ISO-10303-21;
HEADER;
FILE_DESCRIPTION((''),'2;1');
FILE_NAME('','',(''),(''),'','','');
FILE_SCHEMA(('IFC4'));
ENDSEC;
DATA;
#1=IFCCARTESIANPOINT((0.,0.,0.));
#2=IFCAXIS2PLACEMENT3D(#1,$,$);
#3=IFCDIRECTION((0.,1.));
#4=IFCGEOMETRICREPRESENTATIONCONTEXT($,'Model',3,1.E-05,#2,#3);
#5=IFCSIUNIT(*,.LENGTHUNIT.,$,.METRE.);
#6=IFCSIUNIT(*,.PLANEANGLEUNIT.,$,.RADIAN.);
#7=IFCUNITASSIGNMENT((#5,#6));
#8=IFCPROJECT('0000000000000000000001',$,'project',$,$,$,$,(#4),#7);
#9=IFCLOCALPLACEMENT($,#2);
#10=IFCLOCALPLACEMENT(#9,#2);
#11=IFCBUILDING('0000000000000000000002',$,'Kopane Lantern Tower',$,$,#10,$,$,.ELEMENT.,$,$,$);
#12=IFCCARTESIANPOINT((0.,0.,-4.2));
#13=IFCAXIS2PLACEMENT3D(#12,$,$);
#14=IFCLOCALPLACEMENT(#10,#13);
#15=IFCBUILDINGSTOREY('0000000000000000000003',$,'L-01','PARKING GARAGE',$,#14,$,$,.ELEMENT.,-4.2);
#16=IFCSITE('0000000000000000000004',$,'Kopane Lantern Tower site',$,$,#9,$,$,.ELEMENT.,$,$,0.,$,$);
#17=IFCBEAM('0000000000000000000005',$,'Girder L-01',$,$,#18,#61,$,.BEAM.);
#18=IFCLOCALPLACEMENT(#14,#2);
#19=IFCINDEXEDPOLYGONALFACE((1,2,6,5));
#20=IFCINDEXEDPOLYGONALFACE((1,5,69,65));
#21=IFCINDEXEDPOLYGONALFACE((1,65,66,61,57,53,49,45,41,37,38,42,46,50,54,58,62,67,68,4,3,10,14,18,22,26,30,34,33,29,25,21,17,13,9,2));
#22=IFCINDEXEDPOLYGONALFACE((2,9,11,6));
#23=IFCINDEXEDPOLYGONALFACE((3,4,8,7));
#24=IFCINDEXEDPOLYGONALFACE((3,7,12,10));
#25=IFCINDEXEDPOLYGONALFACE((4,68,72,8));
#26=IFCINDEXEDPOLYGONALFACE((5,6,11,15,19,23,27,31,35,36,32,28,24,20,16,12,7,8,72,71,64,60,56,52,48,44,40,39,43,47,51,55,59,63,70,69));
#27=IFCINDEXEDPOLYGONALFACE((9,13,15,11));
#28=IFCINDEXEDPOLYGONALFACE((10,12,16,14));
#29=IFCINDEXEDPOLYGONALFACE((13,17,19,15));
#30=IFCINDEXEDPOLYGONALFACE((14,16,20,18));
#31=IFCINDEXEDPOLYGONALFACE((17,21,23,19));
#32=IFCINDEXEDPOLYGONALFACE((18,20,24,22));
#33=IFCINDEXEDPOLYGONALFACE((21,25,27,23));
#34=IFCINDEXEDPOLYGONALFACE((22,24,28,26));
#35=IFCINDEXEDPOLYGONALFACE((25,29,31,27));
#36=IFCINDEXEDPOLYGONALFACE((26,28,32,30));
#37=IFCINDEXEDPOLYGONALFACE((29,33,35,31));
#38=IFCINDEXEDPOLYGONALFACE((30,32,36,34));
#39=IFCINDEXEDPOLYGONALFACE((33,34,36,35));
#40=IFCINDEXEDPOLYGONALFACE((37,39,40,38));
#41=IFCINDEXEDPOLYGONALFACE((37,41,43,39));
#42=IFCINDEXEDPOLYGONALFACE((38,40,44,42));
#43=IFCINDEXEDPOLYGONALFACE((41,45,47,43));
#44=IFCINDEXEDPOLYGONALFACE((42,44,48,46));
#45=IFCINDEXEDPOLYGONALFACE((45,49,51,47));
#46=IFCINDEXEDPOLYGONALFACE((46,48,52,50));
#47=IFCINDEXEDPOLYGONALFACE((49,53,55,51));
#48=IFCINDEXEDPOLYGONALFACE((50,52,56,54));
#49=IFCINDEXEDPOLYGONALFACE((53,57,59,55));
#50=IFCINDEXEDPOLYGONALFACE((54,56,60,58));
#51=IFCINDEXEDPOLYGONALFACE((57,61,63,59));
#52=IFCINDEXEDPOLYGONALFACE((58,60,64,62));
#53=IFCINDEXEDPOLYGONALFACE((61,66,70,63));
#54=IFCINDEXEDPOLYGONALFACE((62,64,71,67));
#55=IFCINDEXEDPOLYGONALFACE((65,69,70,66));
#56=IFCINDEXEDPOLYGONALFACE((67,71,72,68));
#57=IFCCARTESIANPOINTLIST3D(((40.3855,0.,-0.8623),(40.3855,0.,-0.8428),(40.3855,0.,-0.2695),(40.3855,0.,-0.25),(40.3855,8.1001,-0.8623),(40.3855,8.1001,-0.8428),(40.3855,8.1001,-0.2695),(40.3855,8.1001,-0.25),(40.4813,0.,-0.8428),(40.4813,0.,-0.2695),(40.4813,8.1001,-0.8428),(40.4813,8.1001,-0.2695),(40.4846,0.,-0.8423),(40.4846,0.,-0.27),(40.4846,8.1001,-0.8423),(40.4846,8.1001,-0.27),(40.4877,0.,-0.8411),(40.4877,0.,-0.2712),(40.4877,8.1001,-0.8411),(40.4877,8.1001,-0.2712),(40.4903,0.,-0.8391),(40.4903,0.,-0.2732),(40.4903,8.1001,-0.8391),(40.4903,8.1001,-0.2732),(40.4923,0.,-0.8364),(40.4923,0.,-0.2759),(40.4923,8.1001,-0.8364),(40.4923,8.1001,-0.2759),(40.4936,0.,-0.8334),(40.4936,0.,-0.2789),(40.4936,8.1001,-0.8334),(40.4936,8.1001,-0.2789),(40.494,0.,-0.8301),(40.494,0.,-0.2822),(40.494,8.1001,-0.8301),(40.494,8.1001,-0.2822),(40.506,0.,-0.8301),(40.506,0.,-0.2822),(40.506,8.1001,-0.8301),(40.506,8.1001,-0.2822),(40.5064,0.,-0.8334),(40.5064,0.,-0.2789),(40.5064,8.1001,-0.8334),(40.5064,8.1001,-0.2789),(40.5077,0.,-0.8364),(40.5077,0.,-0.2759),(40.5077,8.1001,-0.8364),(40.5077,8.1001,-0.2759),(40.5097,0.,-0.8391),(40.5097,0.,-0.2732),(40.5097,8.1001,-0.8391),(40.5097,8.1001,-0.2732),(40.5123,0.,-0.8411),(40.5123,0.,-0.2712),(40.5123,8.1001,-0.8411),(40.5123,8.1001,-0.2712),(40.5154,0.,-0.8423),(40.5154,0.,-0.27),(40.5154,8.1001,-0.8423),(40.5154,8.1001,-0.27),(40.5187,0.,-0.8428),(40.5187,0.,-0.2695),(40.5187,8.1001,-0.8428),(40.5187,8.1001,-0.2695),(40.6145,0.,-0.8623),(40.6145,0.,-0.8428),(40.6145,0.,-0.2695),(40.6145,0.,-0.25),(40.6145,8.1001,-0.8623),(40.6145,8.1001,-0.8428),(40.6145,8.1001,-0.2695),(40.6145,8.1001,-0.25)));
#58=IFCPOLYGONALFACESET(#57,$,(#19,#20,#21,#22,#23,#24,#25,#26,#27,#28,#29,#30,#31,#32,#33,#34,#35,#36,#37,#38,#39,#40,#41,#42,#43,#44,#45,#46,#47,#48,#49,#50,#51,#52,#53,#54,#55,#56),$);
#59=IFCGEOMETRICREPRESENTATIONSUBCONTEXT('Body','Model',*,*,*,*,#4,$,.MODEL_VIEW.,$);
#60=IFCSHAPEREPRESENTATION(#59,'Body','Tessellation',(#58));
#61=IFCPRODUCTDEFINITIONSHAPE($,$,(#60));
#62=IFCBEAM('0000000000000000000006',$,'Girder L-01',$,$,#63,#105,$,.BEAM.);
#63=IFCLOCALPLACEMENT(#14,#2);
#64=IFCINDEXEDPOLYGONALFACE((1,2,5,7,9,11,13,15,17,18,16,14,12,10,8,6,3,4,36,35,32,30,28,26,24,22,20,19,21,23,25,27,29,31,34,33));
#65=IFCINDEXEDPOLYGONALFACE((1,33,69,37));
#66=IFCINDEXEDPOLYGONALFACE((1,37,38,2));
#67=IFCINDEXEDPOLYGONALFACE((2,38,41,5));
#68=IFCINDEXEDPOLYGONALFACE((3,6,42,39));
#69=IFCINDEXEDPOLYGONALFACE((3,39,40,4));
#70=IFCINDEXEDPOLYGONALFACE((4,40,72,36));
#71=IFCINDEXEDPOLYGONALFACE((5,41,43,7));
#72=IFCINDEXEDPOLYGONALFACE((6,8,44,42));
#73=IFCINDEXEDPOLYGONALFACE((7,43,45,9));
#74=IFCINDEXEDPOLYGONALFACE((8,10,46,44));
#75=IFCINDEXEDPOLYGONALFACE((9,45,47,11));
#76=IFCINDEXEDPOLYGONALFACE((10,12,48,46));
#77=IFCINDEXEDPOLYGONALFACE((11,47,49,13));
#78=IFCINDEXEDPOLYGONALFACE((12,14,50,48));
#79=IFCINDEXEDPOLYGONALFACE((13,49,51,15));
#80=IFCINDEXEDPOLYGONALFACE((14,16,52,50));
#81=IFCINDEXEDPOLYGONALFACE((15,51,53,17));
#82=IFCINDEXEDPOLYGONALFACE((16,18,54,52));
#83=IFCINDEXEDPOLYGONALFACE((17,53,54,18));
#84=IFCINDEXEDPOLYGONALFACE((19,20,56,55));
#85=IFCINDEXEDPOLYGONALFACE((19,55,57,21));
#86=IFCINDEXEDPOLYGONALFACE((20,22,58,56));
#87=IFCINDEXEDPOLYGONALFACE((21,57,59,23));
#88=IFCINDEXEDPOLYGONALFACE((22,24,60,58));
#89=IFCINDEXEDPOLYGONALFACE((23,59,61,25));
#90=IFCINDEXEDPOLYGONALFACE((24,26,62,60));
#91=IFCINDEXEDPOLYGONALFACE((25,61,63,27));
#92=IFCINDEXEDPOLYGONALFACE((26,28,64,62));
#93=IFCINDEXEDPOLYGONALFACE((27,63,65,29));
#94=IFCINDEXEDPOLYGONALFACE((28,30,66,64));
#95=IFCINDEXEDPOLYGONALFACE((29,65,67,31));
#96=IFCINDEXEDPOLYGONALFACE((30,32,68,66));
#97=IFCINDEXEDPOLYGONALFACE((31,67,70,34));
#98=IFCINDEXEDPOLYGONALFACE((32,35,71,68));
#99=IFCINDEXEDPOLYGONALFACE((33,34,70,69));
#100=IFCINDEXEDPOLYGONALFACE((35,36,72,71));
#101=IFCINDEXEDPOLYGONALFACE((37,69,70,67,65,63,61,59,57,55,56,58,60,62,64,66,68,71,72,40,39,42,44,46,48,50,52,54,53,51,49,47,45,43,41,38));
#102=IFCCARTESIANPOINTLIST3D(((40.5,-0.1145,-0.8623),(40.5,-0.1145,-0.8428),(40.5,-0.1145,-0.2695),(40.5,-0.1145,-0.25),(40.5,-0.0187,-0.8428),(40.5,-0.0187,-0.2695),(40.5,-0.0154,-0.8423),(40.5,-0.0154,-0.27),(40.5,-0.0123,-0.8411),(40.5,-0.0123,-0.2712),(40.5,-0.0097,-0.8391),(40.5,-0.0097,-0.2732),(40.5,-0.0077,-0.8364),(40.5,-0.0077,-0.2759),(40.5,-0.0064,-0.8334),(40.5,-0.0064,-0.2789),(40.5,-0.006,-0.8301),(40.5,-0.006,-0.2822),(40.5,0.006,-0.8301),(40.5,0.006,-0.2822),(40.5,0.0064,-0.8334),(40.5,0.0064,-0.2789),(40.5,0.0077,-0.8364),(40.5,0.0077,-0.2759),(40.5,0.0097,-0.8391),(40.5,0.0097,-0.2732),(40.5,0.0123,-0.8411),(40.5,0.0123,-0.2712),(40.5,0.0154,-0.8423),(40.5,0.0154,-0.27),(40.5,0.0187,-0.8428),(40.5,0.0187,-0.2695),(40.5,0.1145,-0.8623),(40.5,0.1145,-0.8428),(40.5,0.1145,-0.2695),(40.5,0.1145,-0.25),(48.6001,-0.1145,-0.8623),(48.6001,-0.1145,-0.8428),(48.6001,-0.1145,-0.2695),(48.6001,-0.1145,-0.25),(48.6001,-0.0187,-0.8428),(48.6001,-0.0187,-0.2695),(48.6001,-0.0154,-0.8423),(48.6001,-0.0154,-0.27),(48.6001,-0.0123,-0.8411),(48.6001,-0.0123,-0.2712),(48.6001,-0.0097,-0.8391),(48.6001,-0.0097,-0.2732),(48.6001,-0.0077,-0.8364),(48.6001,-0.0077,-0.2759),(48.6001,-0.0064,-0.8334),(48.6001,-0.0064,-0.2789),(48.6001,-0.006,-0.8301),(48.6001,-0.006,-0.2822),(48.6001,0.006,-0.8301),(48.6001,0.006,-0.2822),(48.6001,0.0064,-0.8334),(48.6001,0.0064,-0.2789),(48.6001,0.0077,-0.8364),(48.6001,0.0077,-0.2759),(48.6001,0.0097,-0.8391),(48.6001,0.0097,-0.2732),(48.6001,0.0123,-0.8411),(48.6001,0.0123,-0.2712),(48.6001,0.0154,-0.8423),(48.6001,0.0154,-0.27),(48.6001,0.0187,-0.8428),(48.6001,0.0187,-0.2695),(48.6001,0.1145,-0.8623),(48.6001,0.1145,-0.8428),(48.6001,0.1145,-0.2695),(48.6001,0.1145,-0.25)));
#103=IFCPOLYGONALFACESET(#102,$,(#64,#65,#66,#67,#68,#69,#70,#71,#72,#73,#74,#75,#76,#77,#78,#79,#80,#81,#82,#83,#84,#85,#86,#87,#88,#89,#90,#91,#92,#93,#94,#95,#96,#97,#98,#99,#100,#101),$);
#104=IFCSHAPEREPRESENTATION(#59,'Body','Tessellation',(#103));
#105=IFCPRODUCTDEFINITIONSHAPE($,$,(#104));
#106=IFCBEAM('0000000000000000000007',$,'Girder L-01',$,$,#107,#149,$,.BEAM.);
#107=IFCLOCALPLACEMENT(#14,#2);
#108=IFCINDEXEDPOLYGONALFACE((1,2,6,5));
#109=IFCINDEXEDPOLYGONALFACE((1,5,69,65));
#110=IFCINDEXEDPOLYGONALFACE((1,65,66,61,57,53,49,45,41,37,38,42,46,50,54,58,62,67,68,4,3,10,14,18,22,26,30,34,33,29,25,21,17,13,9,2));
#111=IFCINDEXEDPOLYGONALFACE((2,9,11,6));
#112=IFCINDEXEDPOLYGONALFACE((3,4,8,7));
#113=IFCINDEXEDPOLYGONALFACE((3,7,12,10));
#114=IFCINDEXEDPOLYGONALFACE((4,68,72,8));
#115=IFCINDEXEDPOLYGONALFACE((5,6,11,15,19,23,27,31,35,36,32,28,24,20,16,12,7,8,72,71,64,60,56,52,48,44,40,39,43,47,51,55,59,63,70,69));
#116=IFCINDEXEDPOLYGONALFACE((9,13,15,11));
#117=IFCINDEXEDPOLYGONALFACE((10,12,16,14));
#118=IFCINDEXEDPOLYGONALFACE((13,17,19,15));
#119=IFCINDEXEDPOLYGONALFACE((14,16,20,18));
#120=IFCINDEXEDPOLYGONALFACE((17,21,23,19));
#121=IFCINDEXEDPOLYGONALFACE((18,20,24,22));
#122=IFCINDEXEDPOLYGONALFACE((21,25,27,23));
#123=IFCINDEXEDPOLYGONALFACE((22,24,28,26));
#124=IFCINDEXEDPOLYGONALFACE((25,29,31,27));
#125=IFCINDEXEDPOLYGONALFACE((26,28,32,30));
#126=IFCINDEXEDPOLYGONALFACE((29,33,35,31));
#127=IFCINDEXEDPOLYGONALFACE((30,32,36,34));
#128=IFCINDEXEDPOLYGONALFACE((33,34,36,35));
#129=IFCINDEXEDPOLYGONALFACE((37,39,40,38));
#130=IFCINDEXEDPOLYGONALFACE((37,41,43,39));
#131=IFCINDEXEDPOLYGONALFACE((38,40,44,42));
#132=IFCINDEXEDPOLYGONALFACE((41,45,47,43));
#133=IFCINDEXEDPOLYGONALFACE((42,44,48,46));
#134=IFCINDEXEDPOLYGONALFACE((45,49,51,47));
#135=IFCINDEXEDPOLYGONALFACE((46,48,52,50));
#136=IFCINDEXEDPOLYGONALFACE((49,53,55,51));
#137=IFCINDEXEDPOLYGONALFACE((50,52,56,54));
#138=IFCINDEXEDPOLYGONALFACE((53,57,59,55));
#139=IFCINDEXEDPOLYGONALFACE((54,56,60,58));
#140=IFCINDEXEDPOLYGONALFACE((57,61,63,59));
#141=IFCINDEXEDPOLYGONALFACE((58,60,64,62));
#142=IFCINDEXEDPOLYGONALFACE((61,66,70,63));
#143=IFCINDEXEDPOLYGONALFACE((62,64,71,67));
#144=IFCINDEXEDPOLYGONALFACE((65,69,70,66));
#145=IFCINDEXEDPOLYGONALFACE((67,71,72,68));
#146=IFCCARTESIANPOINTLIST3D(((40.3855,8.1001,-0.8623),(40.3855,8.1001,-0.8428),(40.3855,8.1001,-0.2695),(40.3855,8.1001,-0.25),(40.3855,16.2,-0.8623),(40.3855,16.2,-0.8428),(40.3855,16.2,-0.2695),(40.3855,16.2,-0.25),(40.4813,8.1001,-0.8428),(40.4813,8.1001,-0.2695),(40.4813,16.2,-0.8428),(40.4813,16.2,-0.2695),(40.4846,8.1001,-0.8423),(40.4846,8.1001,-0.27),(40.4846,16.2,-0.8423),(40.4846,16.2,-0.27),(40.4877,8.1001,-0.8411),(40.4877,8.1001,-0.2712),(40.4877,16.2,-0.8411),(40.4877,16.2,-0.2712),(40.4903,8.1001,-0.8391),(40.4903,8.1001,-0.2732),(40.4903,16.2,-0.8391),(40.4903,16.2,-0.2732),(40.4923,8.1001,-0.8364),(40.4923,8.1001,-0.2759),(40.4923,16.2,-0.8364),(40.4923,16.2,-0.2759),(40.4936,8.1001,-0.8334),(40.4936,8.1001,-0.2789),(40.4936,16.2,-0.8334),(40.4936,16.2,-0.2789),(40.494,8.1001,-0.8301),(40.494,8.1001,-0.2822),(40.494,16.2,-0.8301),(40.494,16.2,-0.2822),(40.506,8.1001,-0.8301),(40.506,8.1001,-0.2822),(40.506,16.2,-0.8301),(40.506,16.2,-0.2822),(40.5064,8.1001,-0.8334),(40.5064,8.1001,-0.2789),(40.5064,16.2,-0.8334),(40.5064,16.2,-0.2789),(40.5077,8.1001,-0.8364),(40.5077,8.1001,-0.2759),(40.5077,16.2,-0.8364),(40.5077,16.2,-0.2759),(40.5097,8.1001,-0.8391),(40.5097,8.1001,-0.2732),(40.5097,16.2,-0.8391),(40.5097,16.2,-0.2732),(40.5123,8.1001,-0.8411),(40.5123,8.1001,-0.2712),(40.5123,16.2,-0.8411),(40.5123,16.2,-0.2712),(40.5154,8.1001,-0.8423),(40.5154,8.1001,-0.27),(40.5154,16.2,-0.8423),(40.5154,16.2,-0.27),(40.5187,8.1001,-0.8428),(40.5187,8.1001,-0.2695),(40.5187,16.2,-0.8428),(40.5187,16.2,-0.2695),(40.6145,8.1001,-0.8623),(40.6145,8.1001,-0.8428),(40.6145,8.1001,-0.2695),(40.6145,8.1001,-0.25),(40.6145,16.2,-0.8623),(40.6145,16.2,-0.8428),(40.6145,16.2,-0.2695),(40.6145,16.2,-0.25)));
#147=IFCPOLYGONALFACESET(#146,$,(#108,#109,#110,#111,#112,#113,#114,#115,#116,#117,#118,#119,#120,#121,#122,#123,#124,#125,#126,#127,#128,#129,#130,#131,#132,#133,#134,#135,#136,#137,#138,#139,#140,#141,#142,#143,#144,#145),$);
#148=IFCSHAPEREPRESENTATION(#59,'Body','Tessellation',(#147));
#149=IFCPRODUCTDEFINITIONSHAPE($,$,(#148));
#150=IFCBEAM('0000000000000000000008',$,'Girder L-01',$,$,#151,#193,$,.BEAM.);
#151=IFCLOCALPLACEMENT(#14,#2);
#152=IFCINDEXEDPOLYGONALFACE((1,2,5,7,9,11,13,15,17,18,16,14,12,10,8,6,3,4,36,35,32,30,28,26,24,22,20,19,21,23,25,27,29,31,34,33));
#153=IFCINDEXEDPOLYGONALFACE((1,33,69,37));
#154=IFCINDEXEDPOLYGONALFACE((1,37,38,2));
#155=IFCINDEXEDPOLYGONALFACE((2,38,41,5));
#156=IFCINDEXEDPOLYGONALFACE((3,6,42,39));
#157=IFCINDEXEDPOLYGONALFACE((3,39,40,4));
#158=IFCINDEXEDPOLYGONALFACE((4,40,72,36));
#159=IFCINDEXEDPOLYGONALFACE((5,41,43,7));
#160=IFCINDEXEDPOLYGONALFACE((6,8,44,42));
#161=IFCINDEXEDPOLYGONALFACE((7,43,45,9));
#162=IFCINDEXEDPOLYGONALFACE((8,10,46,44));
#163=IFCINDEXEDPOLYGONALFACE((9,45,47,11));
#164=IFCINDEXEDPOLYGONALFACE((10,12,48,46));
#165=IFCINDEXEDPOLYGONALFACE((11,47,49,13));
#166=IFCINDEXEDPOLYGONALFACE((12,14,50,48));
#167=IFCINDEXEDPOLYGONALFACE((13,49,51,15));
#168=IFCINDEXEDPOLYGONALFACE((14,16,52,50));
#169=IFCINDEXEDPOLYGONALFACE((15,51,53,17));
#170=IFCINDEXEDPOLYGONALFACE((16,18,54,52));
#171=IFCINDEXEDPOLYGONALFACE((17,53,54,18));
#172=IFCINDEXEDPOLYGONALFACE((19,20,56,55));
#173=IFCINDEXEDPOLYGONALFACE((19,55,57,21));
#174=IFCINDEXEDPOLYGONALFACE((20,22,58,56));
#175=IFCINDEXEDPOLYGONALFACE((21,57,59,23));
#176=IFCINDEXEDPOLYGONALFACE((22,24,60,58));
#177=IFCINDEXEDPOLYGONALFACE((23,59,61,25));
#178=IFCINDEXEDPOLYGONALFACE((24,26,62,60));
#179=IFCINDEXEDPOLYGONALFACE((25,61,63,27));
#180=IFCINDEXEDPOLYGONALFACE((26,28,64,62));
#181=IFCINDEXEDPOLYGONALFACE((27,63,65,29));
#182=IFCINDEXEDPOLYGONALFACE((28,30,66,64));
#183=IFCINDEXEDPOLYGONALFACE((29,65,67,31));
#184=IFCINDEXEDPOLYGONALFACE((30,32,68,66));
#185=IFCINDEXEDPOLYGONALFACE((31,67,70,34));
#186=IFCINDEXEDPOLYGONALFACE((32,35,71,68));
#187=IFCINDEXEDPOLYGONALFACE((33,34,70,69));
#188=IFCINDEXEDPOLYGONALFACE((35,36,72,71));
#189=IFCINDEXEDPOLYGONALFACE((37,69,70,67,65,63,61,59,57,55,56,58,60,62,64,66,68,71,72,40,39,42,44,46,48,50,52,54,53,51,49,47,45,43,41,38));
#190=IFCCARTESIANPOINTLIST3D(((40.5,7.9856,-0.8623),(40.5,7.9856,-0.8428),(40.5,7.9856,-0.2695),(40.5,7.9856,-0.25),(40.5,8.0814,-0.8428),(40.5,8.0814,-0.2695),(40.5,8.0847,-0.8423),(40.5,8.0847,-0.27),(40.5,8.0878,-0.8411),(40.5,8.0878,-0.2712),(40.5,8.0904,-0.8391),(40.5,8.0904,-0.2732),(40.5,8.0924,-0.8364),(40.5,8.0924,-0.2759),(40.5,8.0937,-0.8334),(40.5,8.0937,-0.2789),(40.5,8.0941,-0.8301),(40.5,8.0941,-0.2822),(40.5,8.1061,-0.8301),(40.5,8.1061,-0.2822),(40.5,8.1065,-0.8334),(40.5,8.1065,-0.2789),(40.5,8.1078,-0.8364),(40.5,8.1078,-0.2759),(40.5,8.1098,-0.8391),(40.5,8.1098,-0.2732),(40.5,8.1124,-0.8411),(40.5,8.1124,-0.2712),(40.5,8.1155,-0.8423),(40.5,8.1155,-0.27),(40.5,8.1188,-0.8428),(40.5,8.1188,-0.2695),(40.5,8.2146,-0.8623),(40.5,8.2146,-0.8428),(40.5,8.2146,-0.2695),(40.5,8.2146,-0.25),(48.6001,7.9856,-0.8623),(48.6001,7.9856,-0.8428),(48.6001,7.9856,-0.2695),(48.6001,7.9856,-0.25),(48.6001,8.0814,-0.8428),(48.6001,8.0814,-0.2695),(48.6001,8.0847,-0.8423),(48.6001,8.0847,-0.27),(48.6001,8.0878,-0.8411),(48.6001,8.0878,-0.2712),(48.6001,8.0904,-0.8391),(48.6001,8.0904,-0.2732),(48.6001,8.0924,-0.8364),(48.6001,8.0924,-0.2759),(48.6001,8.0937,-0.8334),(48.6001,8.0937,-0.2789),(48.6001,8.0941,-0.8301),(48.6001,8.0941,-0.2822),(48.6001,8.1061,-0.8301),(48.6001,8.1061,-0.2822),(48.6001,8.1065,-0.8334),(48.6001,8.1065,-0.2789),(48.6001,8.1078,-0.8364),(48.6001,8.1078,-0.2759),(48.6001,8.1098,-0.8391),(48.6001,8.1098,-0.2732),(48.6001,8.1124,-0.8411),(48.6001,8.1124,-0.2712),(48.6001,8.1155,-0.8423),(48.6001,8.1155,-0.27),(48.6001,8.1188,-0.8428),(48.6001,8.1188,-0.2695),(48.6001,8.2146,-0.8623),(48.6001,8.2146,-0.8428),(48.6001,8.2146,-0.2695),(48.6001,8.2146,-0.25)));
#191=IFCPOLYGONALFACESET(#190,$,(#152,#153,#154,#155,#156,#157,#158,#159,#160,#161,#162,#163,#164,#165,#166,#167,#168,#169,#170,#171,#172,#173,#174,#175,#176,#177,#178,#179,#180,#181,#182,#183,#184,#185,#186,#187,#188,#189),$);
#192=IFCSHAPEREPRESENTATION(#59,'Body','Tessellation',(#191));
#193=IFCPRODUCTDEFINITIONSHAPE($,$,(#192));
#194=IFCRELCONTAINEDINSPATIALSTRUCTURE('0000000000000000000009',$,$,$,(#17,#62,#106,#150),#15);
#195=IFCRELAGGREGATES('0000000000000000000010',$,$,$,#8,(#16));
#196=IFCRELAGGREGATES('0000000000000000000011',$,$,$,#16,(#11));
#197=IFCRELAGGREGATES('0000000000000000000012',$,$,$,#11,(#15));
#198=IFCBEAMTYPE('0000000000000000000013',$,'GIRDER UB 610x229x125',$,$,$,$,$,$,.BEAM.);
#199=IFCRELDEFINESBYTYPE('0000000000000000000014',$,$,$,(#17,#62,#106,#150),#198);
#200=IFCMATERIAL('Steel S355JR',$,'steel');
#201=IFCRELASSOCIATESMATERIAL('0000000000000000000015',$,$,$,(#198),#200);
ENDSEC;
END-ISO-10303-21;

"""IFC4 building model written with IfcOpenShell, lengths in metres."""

from ifc_helpers import new_model, si_unit, direction, frame, origin, origin_2d, place, context, subcontext, project, spatial, i_section, extrude, material, material_profile, profile_set, type_object, element, save


model = new_model("IFC4")

# Units and contexts
model_context = context("Model", 3, precision=1e-05, world=origin(), true_north=direction((0.0, 1.0)))
body_context = subcontext(model_context, "Body", "Model", "MODEL_VIEW")
ifc_project = project(units=[si_unit("LENGTHUNIT", "METRE"), si_unit("PLANEANGLEUNIT", "RADIAN")], contexts=[model_context])

# Site, building, storey
site_placement = place(None, origin())
site = spatial("IfcSite", under=ifc_project, at=site_placement, Name="Kopane Lantern Tower site", CompositionType="ELEMENT", RefElevation=0.0)
building_placement = place(site_placement, origin())
building = spatial("IfcBuilding", under=site, at=building_placement, Name="Kopane Lantern Tower", CompositionType="ELEMENT")
storey_placement = place(building_placement, frame((0.0, 0.0, -4.2)))
storey = spatial("IfcBuildingStorey", under=building, at=storey_placement, Name="L-01", Description="PARKING GARAGE", CompositionType="ELEMENT", Elevation=-4.2)

# Beams
ifc_material_1 = material(Name="Steel S355JR", Category="steel")
ifc_material_profile_1 = material_profile(ifc_material_1, i_section(OverallWidth=0.229, OverallDepth=0.6123, WebThickness=0.012, FlangeThickness=0.0195, FilletRadius=0.0127, at=origin_2d()), Name="UB 610x229x125")
ifc_profile_set_1 = profile_set([ifc_material_profile_1], Name="Steel S355JR")
beam_type = type_object("IfcBeamType", Name="GIRDER UB 610x229x125", PredefinedType="BEAM", material=ifc_profile_set_1)
for number, where, z_axis, x_axis, name in (
    (1, (40.5, 0.0, -0.5562), (0.0, 1.0, 0.0), (-1.0, 0.0, 0.0), "Girder L-01"),
    (2, (40.5, 0.0, -0.5562), (1.0, 0.0, 0.0), (0.0, 1.0, 0.0), "Girder L-01"),
):
    element("IfcBeam", number, at=place(storey_placement, frame(where, z_axis=z_axis, x_axis=x_axis)), inside=storey, type_object=beam_type, Name=name, PredefinedType="BEAM", context=body_context, shape_type="SweptSolid", body=[
        extrude(i_section(OverallWidth=0.229, OverallDepth=0.6123, WebThickness=0.012, FlangeThickness=0.0195, FilletRadius=0.0127, at=origin_2d()), origin(), (0.0, 0.0, 1.0), 8.1001),
    ])
beam_1_placement = place(storey_placement, frame((40.5, 8.1001, -0.5562), z_axis=(0.0, 1.0, 0.0), x_axis=(-1.0, 0.0, 0.0)))
element("IfcBeam", 3, at=beam_1_placement, inside=storey, type_object=beam_type, Name="Girder L-01", PredefinedType="BEAM", context=body_context, shape_type="SweptSolid", body=[
    extrude(i_section(OverallWidth=0.229, OverallDepth=0.6123, WebThickness=0.012, FlangeThickness=0.0195, FilletRadius=0.0127, at=origin_2d()), origin(), (0.0, 0.0, 1.0), 8.0999),
])
beam_2_placement = place(storey_placement, frame((40.5, 8.1001, -0.5562), z_axis=(1.0, 0.0, 0.0), x_axis=(0.0, 1.0, 0.0)))
element("IfcBeam", 4, at=beam_2_placement, inside=storey, type_object=beam_type, Name="Girder L-01", PredefinedType="BEAM", context=body_context, shape_type="SweptSolid", body=[
    extrude(i_section(OverallWidth=0.229, OverallDepth=0.6123, WebThickness=0.012, FlangeThickness=0.0195, FilletRadius=0.0127, at=origin_2d()), origin(), (0.0, 0.0, 1.0), 8.1001),
])

save(model, "model.ifc")
